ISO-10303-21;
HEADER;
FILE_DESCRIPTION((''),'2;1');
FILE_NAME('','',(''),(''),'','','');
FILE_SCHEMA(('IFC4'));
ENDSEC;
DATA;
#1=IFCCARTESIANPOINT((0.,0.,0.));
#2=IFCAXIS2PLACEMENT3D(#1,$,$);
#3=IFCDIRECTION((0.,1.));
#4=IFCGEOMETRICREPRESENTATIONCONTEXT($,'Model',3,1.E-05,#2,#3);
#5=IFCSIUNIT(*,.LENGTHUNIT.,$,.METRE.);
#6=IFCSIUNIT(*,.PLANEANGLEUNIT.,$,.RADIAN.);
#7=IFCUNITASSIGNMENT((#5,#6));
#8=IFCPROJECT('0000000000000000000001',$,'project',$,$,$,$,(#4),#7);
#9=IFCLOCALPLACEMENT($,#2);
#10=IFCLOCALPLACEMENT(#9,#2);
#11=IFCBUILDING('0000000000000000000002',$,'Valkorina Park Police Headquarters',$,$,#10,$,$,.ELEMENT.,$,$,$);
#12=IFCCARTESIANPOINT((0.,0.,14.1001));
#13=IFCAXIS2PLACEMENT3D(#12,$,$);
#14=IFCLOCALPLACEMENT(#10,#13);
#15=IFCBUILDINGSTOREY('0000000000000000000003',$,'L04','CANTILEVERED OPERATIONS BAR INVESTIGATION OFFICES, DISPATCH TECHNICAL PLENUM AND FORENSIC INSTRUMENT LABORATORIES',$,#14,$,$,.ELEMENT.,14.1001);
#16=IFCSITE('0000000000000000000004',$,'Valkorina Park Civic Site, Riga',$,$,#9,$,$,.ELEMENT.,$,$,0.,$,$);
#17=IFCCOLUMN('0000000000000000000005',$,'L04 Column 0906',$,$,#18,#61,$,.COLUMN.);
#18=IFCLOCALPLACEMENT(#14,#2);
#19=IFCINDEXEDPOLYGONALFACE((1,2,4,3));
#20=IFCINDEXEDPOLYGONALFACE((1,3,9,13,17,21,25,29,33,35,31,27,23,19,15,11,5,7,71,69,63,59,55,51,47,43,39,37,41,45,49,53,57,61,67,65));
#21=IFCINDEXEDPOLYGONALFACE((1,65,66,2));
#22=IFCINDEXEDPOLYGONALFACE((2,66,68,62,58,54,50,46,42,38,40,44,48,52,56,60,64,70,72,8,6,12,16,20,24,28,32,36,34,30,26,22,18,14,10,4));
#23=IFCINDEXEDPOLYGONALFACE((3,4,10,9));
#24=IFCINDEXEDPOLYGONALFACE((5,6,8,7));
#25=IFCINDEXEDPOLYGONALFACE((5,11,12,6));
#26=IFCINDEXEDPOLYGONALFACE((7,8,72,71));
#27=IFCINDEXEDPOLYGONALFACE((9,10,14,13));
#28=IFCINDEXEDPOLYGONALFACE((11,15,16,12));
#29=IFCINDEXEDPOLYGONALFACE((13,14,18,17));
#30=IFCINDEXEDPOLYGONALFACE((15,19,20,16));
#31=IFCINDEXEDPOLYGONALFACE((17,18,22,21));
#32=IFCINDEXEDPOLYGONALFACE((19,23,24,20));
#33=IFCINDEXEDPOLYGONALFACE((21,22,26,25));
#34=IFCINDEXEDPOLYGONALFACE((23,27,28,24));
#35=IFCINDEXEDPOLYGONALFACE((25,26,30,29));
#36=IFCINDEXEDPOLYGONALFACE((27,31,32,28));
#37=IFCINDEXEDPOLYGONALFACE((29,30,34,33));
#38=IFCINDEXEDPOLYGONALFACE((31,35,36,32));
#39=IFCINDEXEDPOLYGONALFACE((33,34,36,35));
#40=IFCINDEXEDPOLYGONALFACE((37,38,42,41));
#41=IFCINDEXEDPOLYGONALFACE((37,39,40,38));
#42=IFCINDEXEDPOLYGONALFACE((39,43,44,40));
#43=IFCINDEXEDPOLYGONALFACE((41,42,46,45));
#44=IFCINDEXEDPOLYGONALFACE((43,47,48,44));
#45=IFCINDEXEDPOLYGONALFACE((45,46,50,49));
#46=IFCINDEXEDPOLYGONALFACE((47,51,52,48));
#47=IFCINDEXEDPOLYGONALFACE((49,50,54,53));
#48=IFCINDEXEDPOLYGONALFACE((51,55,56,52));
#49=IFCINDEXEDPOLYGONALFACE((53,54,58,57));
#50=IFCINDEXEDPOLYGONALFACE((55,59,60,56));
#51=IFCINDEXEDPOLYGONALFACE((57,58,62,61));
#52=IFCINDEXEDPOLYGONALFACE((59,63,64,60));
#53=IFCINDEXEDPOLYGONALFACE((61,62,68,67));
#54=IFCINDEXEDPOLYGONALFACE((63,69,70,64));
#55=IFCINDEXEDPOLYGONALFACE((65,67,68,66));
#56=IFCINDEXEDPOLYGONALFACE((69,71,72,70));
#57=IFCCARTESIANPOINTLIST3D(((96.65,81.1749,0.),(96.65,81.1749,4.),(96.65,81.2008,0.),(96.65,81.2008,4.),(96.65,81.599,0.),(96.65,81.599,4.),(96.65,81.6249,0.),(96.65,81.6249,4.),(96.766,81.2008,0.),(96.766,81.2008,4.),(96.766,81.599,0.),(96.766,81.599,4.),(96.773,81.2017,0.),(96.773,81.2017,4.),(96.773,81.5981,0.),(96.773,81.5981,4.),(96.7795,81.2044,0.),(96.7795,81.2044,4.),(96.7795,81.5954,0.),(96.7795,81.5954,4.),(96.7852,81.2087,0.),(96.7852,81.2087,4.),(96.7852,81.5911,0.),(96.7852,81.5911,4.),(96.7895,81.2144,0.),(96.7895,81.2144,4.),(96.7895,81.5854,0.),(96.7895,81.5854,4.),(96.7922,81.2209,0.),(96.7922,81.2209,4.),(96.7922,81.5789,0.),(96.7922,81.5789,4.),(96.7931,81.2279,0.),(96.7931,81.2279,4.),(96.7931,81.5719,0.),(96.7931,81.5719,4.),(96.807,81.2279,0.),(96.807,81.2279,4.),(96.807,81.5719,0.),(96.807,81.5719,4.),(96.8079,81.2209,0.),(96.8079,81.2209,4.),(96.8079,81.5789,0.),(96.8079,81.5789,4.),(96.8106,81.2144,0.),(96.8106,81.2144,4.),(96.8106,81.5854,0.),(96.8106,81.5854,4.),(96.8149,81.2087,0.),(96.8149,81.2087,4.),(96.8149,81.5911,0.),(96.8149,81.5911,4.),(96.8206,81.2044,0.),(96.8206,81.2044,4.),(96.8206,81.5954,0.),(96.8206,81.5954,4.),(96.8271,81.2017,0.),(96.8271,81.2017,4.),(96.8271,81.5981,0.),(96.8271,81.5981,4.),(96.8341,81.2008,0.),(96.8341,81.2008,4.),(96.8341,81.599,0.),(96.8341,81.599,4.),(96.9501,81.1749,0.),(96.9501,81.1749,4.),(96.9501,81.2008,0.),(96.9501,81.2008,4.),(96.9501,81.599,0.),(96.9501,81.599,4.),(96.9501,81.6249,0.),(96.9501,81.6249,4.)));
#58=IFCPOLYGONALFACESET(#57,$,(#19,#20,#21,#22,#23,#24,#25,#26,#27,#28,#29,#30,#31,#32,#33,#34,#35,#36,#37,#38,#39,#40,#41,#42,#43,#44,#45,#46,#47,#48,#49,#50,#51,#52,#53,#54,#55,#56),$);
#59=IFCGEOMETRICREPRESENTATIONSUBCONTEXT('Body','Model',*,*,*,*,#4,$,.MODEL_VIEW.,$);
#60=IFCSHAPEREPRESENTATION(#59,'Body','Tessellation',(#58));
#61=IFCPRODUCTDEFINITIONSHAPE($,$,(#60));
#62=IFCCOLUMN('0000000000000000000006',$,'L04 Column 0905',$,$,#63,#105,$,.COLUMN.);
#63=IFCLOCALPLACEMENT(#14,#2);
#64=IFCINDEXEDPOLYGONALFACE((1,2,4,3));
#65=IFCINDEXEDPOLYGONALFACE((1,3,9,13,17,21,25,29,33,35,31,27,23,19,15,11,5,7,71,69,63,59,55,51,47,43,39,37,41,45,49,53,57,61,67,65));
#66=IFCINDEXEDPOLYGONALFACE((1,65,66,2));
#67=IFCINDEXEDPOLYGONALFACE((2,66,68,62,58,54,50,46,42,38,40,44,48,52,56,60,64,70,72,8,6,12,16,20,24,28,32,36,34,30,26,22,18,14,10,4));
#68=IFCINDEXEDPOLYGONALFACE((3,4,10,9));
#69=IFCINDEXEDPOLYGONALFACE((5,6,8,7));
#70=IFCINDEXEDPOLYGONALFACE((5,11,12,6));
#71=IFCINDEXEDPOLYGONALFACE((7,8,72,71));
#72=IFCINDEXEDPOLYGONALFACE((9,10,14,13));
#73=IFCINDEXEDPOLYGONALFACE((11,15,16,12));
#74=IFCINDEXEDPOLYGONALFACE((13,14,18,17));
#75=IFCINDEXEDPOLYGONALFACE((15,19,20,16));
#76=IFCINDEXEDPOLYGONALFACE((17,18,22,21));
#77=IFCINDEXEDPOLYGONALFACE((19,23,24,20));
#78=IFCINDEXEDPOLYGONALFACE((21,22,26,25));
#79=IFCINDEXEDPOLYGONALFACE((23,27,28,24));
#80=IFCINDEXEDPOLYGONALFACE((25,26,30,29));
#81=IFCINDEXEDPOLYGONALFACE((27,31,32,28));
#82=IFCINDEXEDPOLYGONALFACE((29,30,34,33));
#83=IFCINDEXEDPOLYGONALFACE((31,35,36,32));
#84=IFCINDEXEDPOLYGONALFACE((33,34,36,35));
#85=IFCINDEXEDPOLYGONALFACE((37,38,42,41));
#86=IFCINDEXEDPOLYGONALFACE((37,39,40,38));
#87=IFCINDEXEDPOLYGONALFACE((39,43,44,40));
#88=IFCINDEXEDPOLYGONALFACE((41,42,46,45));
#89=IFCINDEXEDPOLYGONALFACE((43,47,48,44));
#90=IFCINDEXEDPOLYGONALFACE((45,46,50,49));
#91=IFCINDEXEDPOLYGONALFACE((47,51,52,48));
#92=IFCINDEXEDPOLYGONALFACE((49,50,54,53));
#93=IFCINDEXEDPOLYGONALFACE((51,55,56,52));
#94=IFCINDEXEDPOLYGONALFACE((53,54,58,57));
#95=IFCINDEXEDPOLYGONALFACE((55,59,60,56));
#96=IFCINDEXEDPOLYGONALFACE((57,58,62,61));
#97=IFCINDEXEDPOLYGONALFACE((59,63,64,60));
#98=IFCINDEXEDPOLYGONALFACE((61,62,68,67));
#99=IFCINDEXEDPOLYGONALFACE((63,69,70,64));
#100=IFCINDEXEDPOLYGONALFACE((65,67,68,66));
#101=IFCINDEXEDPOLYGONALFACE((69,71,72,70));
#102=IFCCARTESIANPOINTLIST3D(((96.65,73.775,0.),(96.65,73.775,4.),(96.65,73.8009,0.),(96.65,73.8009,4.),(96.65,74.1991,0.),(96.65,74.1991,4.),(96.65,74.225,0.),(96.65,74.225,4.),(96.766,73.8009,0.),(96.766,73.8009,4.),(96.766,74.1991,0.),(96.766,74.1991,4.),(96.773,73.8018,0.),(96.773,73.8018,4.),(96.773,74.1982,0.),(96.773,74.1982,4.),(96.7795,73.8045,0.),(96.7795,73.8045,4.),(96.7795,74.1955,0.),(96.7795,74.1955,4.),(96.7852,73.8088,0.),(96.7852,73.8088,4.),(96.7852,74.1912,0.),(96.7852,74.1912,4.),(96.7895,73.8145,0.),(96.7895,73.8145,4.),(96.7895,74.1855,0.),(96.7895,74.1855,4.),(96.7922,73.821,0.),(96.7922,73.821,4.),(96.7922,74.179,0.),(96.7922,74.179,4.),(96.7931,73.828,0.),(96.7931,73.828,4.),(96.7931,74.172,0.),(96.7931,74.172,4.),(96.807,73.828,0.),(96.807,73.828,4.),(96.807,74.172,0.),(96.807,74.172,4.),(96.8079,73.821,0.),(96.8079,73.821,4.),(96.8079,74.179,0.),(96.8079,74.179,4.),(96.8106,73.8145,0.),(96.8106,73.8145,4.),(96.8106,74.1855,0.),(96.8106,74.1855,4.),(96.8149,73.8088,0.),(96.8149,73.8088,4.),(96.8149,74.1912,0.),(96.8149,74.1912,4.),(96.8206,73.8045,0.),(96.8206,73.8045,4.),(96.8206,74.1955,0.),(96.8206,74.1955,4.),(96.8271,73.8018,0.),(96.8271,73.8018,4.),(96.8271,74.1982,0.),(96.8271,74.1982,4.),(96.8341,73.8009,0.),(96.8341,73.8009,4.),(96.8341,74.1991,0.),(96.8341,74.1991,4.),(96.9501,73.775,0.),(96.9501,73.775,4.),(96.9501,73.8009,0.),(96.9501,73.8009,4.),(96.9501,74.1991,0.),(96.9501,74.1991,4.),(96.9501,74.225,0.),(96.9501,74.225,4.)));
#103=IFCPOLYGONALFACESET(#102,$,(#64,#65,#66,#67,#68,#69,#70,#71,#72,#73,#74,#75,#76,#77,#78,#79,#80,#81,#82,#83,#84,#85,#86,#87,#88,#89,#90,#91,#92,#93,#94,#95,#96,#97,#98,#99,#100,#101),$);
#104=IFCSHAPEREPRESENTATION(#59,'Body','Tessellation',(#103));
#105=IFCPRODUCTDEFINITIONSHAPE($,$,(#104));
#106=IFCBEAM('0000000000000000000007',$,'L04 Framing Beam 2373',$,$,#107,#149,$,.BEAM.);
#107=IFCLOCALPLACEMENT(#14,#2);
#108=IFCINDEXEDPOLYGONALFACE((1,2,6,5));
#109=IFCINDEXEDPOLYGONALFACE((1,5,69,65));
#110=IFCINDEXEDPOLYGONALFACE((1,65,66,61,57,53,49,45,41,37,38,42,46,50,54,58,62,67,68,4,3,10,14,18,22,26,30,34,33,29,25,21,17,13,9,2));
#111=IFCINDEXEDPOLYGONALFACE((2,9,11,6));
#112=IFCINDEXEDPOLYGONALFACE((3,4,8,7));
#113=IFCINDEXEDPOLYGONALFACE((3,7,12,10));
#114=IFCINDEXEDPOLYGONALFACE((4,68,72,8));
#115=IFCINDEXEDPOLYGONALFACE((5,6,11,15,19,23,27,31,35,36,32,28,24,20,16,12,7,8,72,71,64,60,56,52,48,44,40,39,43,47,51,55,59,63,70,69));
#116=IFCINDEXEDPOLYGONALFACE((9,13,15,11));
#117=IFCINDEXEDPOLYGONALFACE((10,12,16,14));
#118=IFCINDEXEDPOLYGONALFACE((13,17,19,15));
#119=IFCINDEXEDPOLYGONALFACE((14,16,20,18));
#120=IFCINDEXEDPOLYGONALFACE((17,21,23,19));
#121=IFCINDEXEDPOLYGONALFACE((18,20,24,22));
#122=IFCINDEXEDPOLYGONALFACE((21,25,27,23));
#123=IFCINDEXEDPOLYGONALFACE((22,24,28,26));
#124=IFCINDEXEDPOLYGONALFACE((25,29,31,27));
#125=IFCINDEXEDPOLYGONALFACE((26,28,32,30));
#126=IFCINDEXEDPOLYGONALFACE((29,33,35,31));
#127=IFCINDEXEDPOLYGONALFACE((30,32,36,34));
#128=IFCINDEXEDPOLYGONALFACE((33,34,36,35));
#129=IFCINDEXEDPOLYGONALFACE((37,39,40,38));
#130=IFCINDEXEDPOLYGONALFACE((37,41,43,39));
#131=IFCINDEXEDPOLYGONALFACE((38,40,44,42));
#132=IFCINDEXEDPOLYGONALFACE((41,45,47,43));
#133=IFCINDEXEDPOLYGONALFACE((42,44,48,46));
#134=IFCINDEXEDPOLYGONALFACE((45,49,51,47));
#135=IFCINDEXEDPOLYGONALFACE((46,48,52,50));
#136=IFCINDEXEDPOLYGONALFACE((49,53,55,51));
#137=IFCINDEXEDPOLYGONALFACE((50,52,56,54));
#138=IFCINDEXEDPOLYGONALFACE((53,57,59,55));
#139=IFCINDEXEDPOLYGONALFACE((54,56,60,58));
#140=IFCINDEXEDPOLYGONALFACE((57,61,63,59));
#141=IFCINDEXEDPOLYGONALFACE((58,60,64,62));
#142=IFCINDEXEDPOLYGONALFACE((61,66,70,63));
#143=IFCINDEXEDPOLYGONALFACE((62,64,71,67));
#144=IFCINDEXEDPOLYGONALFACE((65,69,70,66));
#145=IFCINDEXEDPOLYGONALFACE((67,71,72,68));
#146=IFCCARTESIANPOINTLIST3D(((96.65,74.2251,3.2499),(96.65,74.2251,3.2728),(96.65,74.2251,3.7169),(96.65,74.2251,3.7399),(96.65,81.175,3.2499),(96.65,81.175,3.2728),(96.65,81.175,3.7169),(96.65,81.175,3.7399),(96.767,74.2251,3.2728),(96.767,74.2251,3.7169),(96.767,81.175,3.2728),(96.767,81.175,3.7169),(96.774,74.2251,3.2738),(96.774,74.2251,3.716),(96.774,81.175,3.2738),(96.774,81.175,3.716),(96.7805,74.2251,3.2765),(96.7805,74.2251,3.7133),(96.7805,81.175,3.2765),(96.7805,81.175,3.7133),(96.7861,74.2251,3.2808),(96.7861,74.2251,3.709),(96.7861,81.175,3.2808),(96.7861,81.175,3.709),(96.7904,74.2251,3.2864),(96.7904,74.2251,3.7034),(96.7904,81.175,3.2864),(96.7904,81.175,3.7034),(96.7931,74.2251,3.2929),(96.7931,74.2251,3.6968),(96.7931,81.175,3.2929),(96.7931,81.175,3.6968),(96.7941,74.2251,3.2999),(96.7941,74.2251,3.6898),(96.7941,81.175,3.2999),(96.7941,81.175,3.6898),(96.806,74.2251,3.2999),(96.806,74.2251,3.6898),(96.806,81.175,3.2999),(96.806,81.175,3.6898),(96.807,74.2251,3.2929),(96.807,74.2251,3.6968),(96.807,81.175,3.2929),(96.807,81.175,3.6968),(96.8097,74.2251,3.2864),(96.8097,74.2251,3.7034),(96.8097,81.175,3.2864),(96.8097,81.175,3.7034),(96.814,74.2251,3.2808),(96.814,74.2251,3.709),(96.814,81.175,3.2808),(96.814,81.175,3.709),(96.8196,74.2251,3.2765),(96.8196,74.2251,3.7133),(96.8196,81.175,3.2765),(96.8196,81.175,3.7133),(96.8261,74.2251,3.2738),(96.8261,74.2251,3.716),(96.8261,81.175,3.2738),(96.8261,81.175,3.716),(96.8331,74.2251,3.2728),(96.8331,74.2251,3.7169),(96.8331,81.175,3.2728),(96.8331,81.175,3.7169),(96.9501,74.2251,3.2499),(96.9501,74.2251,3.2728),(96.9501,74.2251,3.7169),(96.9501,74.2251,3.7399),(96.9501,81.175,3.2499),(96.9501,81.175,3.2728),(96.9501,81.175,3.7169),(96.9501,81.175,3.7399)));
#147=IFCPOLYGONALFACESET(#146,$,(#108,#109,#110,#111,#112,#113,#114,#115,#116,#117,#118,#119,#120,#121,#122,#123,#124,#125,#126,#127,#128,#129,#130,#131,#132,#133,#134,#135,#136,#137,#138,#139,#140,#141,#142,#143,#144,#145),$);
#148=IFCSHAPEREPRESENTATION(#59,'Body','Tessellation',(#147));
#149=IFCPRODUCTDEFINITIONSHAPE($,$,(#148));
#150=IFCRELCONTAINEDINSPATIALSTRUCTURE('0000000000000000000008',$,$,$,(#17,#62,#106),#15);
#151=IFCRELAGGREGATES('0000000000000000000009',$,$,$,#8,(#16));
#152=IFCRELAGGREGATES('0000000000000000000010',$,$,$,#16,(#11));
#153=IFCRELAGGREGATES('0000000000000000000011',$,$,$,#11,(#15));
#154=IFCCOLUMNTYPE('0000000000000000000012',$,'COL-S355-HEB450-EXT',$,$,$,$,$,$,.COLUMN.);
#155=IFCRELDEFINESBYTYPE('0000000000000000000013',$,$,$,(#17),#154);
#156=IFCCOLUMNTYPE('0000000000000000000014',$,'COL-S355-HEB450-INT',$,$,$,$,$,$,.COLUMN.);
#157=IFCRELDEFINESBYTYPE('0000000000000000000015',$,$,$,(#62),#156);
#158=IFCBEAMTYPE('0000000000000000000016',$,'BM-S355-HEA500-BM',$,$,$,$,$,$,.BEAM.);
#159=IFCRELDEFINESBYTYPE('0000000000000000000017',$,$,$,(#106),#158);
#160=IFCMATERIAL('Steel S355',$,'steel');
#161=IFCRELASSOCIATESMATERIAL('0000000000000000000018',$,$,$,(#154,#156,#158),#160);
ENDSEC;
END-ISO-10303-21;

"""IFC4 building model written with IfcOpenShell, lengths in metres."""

from ifc_helpers import new_model, si_unit, direction, frame, origin, origin_2d, place, context, subcontext, project, spatial, i_section, extrude, material, material_profile, profile_set, type_object, element, save


model = new_model("IFC4")

# Units and contexts
model_context = context("Model", 3, precision=1e-05, world=origin(), true_north=direction((0.0, 1.0)))
body_context = subcontext(model_context, "Body", "Model", "MODEL_VIEW")
ifc_project = project(units=[si_unit("LENGTHUNIT", "METRE"), si_unit("PLANEANGLEUNIT", "RADIAN")], contexts=[model_context])

# Site, building, storey
site_placement = place(None, origin())
site = spatial("IfcSite", under=ifc_project, at=site_placement, Name="Valkorina Park Civic Site, Riga", CompositionType="ELEMENT", RefElevation=0.0)
building_placement = place(site_placement, origin())
building = spatial("IfcBuilding", under=site, at=building_placement, Name="Valkorina Park Police Headquarters", CompositionType="ELEMENT")
storey_placement = place(building_placement, frame((0.0, 0.0, 14.1001)))
storey = spatial("IfcBuildingStorey", under=building, at=storey_placement, Name="L04", Description="CANTILEVERED OPERATIONS BAR INVESTIGATION OFFICES, DISPATCH TECHNICAL PLENUM AND FORENSIC INSTRUMENT LABORATORIES", CompositionType="ELEMENT", Elevation=14.1001)

# Columns
ifc_material_1 = material(Name="Steel S355", Category="steel")
ifc_material_profile_1 = material_profile(ifc_material_1, i_section(OverallWidth=0.3, OverallDepth=0.45, WebThickness=0.0139, FlangeThickness=0.0259, FilletRadius=0.0271, at=origin_2d()), Name="HEB 450")
ifc_profile_set_1 = profile_set([ifc_material_profile_1], Name="Steel S355")
column_type_1 = type_object("IfcColumnType", Name="COL-S355-HEB450-EXT", PredefinedType="COLUMN", material=ifc_profile_set_1)
column_1_placement = place(storey_placement, frame((96.8, 81.3999, 0.0), z_axis=(0.0, 0.0, 1.0), x_axis=(1.0, 0.0, 0.0)))
element("IfcColumn", 1, at=column_1_placement, inside=storey, type_object=column_type_1, Name="L04 Column 0906", PredefinedType="COLUMN", context=body_context, shape_type="SweptSolid", body=[
    extrude(i_section(OverallWidth=0.3, OverallDepth=0.45, WebThickness=0.0139, FlangeThickness=0.0259, FilletRadius=0.0271, at=origin_2d()), origin(), (0.0, 0.0, 1.0), 4.0),
])
ifc_material_profile_2 = material_profile(ifc_material_1, i_section(OverallWidth=0.3, OverallDepth=0.45, WebThickness=0.0139, FlangeThickness=0.0259, FilletRadius=0.0271, at=origin_2d()), Name="HEB 450")
ifc_profile_set_2 = profile_set([ifc_material_profile_2], Name="Steel S355")
column_type_2 = type_object("IfcColumnType", Name="COL-S355-HEB450-INT", PredefinedType="COLUMN", material=ifc_profile_set_2)
column_2_placement = place(storey_placement, frame((96.8, 74.0, 0.0), z_axis=(0.0, 0.0, 1.0), x_axis=(1.0, 0.0, 0.0)))
element("IfcColumn", 2, at=column_2_placement, inside=storey, type_object=column_type_2, Name="L04 Column 0905", PredefinedType="COLUMN", context=body_context, shape_type="SweptSolid", body=[
    extrude(i_section(OverallWidth=0.3, OverallDepth=0.45, WebThickness=0.0139, FlangeThickness=0.0259, FilletRadius=0.0271, at=origin_2d()), origin(), (0.0, 0.0, 1.0), 4.0),
])

# Beam
ifc_material_profile_3 = material_profile(ifc_material_1, i_section(OverallWidth=0.3, OverallDepth=0.49, WebThickness=0.012, FlangeThickness=0.0229, FilletRadius=0.0271, at=origin_2d()), Name="HEA 500")
ifc_profile_set_3 = profile_set([ifc_material_profile_3], Name="Steel S355")
beam_type_1 = type_object("IfcBeamType", Name="BM-S355-HEA500-BM", PredefinedType="BEAM", material=ifc_profile_set_3)
beam_1_placement = place(storey_placement, frame((96.8, 74.2251, 3.4949), z_axis=(0.0, 1.0, 0.0), x_axis=(-1.0, 0.0, 0.0)))
element("IfcBeam", 3, at=beam_1_placement, inside=storey, type_object=beam_type_1, Name="L04 Framing Beam 2373", PredefinedType="BEAM", context=body_context, shape_type="SweptSolid", body=[
    extrude(i_section(OverallWidth=0.3, OverallDepth=0.49, WebThickness=0.012, FlangeThickness=0.0229, FilletRadius=0.0271, at=origin_2d()), origin(), (0.0, 0.0, 1.0), 6.95),
])

save(model, "model.ifc")
